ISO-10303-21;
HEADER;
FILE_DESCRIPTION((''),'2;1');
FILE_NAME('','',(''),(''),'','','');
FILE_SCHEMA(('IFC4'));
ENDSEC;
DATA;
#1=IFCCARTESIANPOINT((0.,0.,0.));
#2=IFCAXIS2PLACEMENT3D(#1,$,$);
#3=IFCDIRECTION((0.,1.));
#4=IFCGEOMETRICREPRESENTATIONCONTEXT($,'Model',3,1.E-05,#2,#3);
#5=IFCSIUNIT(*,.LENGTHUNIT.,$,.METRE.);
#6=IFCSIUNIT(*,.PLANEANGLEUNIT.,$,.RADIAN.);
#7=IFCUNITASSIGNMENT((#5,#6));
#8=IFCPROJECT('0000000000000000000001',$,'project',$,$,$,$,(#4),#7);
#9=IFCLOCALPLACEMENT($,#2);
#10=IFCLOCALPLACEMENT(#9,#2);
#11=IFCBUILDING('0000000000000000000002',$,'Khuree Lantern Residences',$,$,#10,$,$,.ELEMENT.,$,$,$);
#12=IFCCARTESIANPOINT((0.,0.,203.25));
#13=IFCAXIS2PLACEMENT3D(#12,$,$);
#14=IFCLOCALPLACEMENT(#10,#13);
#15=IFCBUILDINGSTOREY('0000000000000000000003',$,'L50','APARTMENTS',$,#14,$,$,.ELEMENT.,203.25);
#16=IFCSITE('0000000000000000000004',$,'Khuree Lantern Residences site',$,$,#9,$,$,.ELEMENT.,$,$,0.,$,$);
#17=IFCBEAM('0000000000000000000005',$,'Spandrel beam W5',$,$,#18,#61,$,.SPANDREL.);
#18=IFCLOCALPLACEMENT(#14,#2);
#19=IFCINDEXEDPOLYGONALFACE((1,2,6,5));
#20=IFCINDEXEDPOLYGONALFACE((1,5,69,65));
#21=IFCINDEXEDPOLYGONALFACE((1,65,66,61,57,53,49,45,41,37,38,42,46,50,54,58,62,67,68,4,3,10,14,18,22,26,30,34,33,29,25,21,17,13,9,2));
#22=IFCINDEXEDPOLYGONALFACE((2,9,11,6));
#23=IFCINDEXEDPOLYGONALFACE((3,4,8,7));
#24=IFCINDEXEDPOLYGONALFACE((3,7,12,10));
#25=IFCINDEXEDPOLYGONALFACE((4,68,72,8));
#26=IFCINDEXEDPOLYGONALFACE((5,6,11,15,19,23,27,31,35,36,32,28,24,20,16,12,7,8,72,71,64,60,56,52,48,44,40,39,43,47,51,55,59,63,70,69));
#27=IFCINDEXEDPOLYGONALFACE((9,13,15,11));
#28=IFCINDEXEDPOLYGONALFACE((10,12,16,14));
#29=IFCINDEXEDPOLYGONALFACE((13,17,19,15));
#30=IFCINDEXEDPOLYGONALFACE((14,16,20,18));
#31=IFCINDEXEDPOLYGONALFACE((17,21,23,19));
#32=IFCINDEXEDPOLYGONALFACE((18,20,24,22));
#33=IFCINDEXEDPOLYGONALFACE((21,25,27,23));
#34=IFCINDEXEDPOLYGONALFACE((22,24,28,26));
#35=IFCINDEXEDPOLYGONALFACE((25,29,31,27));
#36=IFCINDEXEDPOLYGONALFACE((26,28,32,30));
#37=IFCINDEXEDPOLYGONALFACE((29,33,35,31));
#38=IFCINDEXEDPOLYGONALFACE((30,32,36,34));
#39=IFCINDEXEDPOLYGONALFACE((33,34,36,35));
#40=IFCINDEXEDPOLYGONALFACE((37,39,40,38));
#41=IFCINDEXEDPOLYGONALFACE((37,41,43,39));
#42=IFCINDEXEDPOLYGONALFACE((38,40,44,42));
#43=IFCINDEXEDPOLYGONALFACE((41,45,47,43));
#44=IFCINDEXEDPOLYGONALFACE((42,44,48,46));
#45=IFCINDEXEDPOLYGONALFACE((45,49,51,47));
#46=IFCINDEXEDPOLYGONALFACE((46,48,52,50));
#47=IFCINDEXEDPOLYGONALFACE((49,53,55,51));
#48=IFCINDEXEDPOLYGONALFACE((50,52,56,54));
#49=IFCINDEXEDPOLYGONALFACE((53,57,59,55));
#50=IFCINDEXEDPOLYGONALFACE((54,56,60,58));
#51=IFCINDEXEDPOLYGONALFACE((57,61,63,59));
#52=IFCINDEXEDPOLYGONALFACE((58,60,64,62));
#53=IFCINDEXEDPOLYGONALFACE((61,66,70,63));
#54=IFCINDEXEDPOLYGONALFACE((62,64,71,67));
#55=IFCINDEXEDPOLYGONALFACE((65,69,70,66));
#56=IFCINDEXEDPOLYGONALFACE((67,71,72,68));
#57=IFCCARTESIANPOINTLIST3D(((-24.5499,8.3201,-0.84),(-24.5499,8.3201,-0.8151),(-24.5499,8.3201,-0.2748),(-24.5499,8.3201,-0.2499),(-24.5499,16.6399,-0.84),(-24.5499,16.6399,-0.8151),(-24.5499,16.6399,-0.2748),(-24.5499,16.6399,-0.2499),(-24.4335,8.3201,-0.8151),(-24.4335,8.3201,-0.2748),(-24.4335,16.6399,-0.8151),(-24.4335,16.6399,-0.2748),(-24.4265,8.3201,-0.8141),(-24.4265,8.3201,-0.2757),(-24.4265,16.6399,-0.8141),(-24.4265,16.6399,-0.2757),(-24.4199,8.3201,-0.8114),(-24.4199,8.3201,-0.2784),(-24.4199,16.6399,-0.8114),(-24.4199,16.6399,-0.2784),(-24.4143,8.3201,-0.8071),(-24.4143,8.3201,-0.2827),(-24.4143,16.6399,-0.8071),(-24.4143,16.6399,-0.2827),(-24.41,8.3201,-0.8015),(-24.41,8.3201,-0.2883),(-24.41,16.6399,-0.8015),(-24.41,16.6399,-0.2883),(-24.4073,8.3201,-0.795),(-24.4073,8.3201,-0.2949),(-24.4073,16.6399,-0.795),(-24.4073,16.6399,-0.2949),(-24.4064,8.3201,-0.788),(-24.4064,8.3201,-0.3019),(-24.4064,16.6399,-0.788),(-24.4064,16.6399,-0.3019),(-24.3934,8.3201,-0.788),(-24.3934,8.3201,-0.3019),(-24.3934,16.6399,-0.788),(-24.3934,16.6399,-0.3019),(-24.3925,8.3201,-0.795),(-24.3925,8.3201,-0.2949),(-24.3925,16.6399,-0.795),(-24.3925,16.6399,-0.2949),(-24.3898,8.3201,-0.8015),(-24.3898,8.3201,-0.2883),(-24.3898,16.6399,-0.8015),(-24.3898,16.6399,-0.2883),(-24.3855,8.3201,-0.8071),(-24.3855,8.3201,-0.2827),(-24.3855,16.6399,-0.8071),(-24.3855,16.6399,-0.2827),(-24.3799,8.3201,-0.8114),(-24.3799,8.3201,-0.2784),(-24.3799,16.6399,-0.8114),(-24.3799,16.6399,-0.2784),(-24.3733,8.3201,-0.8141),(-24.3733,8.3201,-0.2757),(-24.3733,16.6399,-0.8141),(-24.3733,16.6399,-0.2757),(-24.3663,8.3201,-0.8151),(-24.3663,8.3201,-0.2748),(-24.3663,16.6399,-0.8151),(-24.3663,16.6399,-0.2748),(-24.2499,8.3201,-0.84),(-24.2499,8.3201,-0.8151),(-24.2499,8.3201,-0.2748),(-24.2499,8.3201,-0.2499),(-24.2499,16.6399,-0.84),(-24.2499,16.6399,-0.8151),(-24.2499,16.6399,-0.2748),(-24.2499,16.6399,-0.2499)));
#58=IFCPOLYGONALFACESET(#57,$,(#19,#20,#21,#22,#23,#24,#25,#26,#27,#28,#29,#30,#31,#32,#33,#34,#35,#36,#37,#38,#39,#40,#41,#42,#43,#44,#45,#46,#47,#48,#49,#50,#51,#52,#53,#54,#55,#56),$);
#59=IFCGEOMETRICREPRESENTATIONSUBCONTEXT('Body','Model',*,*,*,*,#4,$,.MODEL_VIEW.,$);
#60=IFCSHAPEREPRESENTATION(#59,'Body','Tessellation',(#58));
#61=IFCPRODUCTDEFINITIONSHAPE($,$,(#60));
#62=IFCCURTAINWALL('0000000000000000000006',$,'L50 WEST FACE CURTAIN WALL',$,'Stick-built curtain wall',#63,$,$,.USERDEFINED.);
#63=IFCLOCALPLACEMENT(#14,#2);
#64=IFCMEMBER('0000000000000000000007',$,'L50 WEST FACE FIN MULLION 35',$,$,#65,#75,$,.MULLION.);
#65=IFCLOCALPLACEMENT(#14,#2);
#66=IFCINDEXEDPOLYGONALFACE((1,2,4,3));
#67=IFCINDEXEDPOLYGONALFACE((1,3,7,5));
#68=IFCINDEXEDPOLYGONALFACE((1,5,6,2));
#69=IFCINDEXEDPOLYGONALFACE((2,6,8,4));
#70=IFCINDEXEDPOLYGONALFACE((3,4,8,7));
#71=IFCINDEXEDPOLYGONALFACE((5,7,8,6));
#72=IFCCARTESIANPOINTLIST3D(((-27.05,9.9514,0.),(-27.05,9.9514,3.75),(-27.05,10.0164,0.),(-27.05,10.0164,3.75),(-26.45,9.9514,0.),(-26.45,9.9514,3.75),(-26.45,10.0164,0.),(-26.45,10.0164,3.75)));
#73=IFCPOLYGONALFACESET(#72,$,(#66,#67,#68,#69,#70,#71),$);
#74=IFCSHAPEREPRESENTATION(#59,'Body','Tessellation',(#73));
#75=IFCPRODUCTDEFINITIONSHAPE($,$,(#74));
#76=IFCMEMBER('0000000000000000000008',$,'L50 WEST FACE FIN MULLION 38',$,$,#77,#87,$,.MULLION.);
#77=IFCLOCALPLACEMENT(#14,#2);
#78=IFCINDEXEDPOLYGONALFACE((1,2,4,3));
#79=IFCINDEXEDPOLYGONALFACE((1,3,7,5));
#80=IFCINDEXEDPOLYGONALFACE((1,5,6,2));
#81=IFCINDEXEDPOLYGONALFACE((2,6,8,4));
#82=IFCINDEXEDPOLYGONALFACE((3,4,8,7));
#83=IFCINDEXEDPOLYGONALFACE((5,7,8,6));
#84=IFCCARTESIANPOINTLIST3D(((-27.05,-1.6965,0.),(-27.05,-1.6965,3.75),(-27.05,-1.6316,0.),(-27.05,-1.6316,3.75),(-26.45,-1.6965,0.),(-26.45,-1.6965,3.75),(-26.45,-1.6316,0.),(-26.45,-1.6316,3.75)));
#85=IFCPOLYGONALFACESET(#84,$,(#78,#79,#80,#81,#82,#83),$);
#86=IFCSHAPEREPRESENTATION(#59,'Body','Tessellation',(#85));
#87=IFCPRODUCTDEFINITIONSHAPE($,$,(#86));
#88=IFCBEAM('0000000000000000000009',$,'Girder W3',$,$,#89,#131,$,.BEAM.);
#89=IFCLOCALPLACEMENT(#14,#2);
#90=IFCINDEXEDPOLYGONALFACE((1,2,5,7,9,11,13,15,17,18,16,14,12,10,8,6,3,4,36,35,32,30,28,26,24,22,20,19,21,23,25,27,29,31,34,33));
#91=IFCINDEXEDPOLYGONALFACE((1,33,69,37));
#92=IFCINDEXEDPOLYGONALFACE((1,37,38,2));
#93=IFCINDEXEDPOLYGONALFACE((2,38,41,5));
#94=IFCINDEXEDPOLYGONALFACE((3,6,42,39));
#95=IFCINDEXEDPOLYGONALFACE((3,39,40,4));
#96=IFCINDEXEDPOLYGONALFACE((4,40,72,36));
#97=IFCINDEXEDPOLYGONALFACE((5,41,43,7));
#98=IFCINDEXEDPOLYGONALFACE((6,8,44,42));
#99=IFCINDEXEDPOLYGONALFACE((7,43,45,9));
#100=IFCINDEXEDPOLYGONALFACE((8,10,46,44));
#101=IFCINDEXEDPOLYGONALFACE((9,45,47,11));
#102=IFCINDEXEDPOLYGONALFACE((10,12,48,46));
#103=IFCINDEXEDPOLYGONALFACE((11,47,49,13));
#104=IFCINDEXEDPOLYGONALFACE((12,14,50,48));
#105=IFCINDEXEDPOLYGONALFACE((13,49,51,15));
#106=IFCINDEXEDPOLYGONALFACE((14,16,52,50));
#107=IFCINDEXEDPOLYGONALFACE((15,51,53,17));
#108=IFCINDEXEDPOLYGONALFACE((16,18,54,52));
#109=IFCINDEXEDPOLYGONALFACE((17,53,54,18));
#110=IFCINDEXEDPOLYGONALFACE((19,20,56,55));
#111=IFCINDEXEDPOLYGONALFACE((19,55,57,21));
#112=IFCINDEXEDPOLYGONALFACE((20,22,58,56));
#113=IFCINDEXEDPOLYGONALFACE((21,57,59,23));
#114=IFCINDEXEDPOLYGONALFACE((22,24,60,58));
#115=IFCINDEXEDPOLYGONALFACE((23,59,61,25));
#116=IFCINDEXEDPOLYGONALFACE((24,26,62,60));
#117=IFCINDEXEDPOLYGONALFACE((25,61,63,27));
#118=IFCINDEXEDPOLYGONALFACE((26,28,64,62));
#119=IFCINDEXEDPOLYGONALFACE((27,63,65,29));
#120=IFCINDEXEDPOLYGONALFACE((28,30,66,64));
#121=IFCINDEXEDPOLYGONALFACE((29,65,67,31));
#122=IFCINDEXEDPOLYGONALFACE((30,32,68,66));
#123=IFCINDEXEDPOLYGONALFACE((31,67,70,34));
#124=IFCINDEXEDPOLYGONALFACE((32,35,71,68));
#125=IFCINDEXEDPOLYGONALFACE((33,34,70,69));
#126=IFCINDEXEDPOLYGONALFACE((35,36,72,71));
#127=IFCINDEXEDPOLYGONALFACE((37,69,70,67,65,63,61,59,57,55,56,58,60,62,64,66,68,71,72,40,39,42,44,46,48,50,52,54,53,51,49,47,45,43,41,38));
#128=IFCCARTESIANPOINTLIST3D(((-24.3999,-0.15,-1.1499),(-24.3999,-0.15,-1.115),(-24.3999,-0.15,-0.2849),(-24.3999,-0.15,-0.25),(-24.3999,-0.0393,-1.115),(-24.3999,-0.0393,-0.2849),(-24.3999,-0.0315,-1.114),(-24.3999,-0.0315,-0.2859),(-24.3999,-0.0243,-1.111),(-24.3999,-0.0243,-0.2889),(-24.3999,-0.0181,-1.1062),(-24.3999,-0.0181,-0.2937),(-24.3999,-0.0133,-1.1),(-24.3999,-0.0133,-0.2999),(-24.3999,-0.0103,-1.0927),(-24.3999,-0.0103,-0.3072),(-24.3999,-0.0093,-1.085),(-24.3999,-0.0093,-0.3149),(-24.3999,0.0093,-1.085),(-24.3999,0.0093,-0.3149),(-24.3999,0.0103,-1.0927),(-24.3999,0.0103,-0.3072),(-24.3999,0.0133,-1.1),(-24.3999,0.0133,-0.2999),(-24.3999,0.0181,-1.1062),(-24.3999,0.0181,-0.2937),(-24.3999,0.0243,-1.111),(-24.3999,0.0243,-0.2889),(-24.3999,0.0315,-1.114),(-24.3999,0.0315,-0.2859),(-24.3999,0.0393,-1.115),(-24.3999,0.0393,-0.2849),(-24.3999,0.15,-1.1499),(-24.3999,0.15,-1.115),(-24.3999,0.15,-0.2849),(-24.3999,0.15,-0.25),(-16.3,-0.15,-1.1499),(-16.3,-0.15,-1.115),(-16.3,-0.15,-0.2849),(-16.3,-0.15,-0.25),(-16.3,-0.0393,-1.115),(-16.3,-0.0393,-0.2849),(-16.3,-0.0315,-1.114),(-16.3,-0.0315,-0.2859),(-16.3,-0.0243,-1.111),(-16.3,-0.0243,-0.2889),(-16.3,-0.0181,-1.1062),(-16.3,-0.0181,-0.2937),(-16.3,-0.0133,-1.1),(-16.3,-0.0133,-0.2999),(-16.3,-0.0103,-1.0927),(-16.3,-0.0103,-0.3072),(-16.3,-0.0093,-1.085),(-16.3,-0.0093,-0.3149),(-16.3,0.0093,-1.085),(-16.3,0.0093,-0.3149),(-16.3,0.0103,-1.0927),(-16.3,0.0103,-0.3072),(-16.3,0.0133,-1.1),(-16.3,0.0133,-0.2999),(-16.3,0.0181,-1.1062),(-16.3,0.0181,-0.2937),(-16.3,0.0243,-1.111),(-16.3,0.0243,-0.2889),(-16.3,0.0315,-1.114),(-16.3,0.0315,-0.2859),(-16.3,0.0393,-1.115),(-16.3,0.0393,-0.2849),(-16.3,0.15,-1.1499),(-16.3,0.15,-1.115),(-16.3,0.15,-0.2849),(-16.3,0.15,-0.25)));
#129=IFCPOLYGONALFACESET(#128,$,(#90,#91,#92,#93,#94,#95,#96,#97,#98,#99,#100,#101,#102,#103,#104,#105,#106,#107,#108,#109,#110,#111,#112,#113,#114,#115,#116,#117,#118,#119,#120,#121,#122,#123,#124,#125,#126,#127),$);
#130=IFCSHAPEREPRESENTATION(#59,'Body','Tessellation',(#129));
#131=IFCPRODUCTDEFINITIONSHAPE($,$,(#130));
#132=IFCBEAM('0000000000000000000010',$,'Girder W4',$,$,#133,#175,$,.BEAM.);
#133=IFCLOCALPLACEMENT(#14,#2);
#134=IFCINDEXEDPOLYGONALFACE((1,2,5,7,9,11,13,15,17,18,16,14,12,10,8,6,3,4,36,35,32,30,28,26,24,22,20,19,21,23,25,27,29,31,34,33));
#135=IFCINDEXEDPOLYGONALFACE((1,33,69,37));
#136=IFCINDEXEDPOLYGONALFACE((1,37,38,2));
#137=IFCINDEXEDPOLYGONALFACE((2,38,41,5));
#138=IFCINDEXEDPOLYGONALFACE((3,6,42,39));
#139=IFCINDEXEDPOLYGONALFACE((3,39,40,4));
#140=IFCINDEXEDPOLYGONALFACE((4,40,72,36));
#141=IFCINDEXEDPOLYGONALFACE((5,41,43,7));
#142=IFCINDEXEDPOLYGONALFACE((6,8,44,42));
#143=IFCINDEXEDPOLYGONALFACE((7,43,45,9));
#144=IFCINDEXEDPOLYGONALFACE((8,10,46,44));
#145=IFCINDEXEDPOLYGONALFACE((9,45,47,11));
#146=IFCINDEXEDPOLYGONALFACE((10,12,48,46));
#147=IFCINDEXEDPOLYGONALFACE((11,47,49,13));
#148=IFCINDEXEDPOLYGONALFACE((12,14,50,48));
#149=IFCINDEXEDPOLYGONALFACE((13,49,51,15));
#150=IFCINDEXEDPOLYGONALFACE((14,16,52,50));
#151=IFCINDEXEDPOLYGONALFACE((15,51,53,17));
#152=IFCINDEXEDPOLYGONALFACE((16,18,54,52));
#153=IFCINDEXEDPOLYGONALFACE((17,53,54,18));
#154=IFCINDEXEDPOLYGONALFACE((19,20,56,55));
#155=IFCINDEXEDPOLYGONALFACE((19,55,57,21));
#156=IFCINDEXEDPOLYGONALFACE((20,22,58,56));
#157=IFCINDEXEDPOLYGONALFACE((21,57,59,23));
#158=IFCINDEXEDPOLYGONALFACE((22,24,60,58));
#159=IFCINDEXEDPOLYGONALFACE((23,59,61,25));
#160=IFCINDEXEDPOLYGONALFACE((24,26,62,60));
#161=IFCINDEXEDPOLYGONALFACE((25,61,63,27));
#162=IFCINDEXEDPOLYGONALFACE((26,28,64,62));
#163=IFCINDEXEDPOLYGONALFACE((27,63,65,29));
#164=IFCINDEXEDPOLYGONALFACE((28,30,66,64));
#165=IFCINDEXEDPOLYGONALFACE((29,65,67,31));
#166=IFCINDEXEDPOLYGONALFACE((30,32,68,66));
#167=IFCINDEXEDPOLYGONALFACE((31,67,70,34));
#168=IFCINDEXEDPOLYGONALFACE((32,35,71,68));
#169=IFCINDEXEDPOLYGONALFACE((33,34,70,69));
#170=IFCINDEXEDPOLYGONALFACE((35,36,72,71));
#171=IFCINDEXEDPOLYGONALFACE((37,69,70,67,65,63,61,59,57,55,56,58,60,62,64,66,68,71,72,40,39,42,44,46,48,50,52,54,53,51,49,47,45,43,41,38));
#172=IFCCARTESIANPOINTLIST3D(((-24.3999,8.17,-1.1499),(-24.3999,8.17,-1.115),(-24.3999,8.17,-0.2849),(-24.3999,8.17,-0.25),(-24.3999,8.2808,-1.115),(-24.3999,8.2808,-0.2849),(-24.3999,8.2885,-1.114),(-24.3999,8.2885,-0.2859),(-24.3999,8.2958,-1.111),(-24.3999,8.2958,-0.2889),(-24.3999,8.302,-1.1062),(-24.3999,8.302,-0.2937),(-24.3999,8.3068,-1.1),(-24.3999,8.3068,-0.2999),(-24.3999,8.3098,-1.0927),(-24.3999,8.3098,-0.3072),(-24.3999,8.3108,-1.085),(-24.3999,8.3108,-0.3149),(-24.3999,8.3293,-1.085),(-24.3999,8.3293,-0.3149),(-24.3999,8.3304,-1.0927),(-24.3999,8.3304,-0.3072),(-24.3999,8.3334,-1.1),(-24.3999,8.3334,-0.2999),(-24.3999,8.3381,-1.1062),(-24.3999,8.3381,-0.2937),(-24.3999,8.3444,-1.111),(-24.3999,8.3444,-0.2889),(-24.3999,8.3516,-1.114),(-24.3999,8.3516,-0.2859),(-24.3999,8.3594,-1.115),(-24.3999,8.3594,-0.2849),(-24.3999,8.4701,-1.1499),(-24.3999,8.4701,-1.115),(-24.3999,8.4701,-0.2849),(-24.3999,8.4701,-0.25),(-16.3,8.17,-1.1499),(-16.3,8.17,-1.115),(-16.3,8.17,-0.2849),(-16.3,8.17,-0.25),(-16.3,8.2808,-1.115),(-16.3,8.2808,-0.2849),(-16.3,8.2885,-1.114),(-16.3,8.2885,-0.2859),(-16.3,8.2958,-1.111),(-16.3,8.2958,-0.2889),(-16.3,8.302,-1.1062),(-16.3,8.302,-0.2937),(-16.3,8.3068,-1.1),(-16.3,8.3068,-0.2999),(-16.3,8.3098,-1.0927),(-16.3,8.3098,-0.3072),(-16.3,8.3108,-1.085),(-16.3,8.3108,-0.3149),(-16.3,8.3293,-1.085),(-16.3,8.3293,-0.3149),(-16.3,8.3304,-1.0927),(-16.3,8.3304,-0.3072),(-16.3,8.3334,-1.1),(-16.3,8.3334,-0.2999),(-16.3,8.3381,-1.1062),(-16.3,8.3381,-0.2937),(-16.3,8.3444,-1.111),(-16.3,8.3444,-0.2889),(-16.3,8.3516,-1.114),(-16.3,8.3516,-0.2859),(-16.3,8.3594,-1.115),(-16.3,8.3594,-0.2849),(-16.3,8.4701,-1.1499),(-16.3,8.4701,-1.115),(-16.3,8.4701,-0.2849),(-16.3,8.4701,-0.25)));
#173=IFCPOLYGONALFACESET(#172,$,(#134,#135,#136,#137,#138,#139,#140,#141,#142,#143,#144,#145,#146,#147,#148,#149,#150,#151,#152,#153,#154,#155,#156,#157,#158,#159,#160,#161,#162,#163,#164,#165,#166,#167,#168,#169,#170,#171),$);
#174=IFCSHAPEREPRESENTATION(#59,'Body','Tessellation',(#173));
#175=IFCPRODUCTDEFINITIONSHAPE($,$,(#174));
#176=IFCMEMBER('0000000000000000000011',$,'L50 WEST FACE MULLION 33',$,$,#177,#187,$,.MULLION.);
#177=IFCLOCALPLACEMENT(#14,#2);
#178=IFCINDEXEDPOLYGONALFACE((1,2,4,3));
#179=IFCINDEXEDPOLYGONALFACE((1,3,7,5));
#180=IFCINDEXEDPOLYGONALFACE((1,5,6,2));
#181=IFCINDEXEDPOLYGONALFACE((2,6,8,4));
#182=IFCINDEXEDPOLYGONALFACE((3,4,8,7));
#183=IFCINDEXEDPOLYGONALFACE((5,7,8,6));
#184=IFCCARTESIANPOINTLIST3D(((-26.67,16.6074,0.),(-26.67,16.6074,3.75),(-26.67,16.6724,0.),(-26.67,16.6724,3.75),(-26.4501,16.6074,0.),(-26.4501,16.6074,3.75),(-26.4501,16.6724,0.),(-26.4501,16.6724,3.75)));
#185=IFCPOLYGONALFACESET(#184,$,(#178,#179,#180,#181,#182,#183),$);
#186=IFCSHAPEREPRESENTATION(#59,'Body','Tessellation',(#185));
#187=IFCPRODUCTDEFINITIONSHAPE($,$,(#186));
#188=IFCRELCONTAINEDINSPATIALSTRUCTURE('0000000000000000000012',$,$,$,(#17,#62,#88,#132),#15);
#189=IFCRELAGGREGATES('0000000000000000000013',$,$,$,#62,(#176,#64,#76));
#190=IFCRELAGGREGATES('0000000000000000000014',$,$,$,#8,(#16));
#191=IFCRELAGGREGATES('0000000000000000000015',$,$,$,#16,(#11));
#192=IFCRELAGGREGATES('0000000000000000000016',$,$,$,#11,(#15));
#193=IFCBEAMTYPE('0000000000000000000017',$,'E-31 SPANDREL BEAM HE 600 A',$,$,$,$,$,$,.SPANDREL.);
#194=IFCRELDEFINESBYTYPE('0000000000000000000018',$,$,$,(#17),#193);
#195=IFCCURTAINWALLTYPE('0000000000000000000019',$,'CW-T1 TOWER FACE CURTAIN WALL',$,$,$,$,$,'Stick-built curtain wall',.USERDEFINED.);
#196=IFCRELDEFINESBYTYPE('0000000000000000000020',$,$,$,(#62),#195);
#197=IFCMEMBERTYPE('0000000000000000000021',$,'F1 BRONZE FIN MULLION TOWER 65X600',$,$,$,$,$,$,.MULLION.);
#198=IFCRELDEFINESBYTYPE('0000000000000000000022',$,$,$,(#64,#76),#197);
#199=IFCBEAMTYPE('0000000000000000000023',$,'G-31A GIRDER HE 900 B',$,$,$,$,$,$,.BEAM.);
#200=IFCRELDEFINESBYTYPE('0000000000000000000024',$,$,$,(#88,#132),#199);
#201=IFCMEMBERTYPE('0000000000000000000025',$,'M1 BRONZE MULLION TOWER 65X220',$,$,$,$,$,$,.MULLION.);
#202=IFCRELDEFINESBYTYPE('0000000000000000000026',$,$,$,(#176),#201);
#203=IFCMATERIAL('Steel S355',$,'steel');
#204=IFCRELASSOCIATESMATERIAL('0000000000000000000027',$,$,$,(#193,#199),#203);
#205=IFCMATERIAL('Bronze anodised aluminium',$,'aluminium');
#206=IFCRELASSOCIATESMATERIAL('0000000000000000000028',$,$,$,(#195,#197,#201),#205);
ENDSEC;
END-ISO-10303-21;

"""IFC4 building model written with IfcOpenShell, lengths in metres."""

from ifc_helpers import new_model, si_unit, direction, frame, origin, origin_2d, place, context, subcontext, project, spatial, rectangle, i_section, extrude, material, material_profile, profile_set, type_object, element, aggregate, save


model = new_model("IFC4")

# Units and contexts
model_context = context("Model", 3, precision=1e-05, world=origin(), true_north=direction((0.0, 1.0)))
body_context = subcontext(model_context, "Body", "Model", "MODEL_VIEW")
ifc_project = project(units=[si_unit("LENGTHUNIT", "METRE"), si_unit("PLANEANGLEUNIT", "RADIAN")], contexts=[model_context])

# Site, building, storey
site_placement = place(None, origin())
site = spatial("IfcSite", under=ifc_project, at=site_placement, Name="Khuree Lantern Residences site", CompositionType="ELEMENT", RefElevation=0.0)
building_placement = place(site_placement, origin())
building = spatial("IfcBuilding", under=site, at=building_placement, Name="Khuree Lantern Residences", CompositionType="ELEMENT")
storey_placement = place(building_placement, frame((0.0, 0.0, 203.25)))
storey = spatial("IfcBuildingStorey", under=building, at=storey_placement, Name="L50", Description="APARTMENTS", CompositionType="ELEMENT", Elevation=203.25)

# Beam
ifc_material_1 = material(Name="Steel S355", Category="steel")
ifc_material_profile_1 = material_profile(ifc_material_1, i_section(OverallWidth=0.3, OverallDepth=0.5901, WebThickness=0.0129, FlangeThickness=0.0249, FilletRadius=0.0271, at=origin_2d()), Name="HE 600 A")
ifc_profile_set_1 = profile_set([ifc_material_profile_1], Name="Steel S355")
beam_type_1 = type_object("IfcBeamType", Name="E-31 SPANDREL BEAM HE 600 A", PredefinedType="SPANDREL", material=ifc_profile_set_1)
beam_1_placement = place(storey_placement, frame((-24.3999, 8.3201, -0.5449), z_axis=(0.0, 1.0, 0.0), x_axis=(-1.0, 0.0, 0.0)))
element("IfcBeam", 1, at=beam_1_placement, inside=storey, type_object=beam_type_1, Name="Spandrel beam W5", PredefinedType="SPANDREL", context=body_context, shape_type="SweptSolid", body=[
    extrude(i_section(OverallWidth=0.3, OverallDepth=0.5901, WebThickness=0.0129, FlangeThickness=0.0249, FilletRadius=0.0271, at=origin_2d()), origin(), (0.0, 0.0, 1.0), 8.3198),
])

# Curtain wall, members
ifc_material_2 = material(Name="Bronze anodised aluminium", Category="aluminium")
curtain_wall_type = type_object("IfcCurtainWallType", Name="CW-T1 TOWER FACE CURTAIN WALL", ElementType="Stick-built curtain wall", PredefinedType="USERDEFINED", material=ifc_material_2)
curtain_wall_placement = place(storey_placement, origin())
curtain_wall = element("IfcCurtainWall", 2, at=curtain_wall_placement, inside=storey, type_object=curtain_wall_type, Name="L50 WEST FACE CURTAIN WALL", ObjectType="Stick-built curtain wall", PredefinedType="USERDEFINED")
ifc_material_profile_2 = material_profile(ifc_material_2, rectangle(XDim=0.0649, YDim=0.6001, at=origin_2d()), Name="F1 65X600")
ifc_profile_set_2 = profile_set([ifc_material_profile_2], Name="Bronze anodised aluminium")
member_type_1 = type_object("IfcMemberType", Name="F1 BRONZE FIN MULLION TOWER 65X600", PredefinedType="MULLION", material=ifc_profile_set_2)
member_1_placement = place(storey_placement, frame((-26.75, 9.9839, 0.0), z_axis=(0.0, 0.0, 1.0), x_axis=(0.0, -1.0, 0.0)))
member_1 = element("IfcMember", 3, at=member_1_placement, type_object=member_type_1, Name="L50 WEST FACE FIN MULLION 35", PredefinedType="MULLION", context=body_context, shape_type="SweptSolid", body=[
    extrude(rectangle(XDim=0.0649, YDim=0.6001, at=origin_2d()), origin(), (0.0, 0.0, 1.0), 3.75),
])
member_2_placement = place(storey_placement, frame((-26.75, -1.6641, 0.0), z_axis=(0.0, 0.0, 1.0), x_axis=(0.0, -1.0, 0.0)))
member_2 = element("IfcMember", 4, at=member_2_placement, type_object=member_type_1, Name="L50 WEST FACE FIN MULLION 38", PredefinedType="MULLION", context=body_context, shape_type="SweptSolid", body=[
    extrude(rectangle(XDim=0.0649, YDim=0.6001, at=origin_2d()), origin(), (0.0, 0.0, 1.0), 3.75),
])

# Beams
ifc_material_profile_3 = material_profile(ifc_material_1, i_section(OverallWidth=0.3, OverallDepth=0.8999, WebThickness=0.0186, FlangeThickness=0.0349, FilletRadius=0.03, at=origin_2d()), Name="HE 900 B")
ifc_profile_set_3 = profile_set([ifc_material_profile_3], Name="Steel S355")
beam_type_2 = type_object("IfcBeamType", Name="G-31A GIRDER HE 900 B", PredefinedType="BEAM", material=ifc_profile_set_3)
for number, where, z_axis, x_axis, name in (
    (5, (-24.3999, 0.0, -0.7), (1.0, 0.0, 0.0), (0.0, 1.0, 0.0), "Girder W3"),
    (6, (-24.3999, 8.3201, -0.7), (1.0, 0.0, 0.0), (0.0, 1.0, 0.0), "Girder W4"),
):
    element("IfcBeam", number, at=place(storey_placement, frame(where, z_axis=z_axis, x_axis=x_axis)), inside=storey, type_object=beam_type_2, Name=name, PredefinedType="BEAM", context=body_context, shape_type="SweptSolid", body=[
        extrude(i_section(OverallWidth=0.3, OverallDepth=0.8999, WebThickness=0.0186, FlangeThickness=0.0349, FilletRadius=0.03, at=origin_2d()), origin(), (0.0, 0.0, 1.0), 8.0999),
    ])

# Member
ifc_material_profile_4 = material_profile(ifc_material_2, rectangle(XDim=0.0649, YDim=0.22, at=origin_2d()), Name="M1 65X220")
ifc_profile_set_4 = profile_set([ifc_material_profile_4], Name="Bronze anodised aluminium")
member_type_2 = type_object("IfcMemberType", Name="M1 BRONZE MULLION TOWER 65X220", PredefinedType="MULLION", material=ifc_profile_set_4)
member_3_placement = place(storey_placement, frame((-26.5601, 16.6399, 0.0), z_axis=(0.0, 0.0, 1.0), x_axis=(0.0, -1.0, 0.0)))
member_3 = element("IfcMember", 7, at=member_3_placement, type_object=member_type_2, Name="L50 WEST FACE MULLION 33", PredefinedType="MULLION", context=body_context, shape_type="SweptSolid", body=[
    extrude(rectangle(XDim=0.0649, YDim=0.22, at=origin_2d()), origin(), (0.0, 0.0, 1.0), 3.75),
])

aggregate(curtain_wall, [member_3, member_1, member_2])

save(model, "model.ifc")
